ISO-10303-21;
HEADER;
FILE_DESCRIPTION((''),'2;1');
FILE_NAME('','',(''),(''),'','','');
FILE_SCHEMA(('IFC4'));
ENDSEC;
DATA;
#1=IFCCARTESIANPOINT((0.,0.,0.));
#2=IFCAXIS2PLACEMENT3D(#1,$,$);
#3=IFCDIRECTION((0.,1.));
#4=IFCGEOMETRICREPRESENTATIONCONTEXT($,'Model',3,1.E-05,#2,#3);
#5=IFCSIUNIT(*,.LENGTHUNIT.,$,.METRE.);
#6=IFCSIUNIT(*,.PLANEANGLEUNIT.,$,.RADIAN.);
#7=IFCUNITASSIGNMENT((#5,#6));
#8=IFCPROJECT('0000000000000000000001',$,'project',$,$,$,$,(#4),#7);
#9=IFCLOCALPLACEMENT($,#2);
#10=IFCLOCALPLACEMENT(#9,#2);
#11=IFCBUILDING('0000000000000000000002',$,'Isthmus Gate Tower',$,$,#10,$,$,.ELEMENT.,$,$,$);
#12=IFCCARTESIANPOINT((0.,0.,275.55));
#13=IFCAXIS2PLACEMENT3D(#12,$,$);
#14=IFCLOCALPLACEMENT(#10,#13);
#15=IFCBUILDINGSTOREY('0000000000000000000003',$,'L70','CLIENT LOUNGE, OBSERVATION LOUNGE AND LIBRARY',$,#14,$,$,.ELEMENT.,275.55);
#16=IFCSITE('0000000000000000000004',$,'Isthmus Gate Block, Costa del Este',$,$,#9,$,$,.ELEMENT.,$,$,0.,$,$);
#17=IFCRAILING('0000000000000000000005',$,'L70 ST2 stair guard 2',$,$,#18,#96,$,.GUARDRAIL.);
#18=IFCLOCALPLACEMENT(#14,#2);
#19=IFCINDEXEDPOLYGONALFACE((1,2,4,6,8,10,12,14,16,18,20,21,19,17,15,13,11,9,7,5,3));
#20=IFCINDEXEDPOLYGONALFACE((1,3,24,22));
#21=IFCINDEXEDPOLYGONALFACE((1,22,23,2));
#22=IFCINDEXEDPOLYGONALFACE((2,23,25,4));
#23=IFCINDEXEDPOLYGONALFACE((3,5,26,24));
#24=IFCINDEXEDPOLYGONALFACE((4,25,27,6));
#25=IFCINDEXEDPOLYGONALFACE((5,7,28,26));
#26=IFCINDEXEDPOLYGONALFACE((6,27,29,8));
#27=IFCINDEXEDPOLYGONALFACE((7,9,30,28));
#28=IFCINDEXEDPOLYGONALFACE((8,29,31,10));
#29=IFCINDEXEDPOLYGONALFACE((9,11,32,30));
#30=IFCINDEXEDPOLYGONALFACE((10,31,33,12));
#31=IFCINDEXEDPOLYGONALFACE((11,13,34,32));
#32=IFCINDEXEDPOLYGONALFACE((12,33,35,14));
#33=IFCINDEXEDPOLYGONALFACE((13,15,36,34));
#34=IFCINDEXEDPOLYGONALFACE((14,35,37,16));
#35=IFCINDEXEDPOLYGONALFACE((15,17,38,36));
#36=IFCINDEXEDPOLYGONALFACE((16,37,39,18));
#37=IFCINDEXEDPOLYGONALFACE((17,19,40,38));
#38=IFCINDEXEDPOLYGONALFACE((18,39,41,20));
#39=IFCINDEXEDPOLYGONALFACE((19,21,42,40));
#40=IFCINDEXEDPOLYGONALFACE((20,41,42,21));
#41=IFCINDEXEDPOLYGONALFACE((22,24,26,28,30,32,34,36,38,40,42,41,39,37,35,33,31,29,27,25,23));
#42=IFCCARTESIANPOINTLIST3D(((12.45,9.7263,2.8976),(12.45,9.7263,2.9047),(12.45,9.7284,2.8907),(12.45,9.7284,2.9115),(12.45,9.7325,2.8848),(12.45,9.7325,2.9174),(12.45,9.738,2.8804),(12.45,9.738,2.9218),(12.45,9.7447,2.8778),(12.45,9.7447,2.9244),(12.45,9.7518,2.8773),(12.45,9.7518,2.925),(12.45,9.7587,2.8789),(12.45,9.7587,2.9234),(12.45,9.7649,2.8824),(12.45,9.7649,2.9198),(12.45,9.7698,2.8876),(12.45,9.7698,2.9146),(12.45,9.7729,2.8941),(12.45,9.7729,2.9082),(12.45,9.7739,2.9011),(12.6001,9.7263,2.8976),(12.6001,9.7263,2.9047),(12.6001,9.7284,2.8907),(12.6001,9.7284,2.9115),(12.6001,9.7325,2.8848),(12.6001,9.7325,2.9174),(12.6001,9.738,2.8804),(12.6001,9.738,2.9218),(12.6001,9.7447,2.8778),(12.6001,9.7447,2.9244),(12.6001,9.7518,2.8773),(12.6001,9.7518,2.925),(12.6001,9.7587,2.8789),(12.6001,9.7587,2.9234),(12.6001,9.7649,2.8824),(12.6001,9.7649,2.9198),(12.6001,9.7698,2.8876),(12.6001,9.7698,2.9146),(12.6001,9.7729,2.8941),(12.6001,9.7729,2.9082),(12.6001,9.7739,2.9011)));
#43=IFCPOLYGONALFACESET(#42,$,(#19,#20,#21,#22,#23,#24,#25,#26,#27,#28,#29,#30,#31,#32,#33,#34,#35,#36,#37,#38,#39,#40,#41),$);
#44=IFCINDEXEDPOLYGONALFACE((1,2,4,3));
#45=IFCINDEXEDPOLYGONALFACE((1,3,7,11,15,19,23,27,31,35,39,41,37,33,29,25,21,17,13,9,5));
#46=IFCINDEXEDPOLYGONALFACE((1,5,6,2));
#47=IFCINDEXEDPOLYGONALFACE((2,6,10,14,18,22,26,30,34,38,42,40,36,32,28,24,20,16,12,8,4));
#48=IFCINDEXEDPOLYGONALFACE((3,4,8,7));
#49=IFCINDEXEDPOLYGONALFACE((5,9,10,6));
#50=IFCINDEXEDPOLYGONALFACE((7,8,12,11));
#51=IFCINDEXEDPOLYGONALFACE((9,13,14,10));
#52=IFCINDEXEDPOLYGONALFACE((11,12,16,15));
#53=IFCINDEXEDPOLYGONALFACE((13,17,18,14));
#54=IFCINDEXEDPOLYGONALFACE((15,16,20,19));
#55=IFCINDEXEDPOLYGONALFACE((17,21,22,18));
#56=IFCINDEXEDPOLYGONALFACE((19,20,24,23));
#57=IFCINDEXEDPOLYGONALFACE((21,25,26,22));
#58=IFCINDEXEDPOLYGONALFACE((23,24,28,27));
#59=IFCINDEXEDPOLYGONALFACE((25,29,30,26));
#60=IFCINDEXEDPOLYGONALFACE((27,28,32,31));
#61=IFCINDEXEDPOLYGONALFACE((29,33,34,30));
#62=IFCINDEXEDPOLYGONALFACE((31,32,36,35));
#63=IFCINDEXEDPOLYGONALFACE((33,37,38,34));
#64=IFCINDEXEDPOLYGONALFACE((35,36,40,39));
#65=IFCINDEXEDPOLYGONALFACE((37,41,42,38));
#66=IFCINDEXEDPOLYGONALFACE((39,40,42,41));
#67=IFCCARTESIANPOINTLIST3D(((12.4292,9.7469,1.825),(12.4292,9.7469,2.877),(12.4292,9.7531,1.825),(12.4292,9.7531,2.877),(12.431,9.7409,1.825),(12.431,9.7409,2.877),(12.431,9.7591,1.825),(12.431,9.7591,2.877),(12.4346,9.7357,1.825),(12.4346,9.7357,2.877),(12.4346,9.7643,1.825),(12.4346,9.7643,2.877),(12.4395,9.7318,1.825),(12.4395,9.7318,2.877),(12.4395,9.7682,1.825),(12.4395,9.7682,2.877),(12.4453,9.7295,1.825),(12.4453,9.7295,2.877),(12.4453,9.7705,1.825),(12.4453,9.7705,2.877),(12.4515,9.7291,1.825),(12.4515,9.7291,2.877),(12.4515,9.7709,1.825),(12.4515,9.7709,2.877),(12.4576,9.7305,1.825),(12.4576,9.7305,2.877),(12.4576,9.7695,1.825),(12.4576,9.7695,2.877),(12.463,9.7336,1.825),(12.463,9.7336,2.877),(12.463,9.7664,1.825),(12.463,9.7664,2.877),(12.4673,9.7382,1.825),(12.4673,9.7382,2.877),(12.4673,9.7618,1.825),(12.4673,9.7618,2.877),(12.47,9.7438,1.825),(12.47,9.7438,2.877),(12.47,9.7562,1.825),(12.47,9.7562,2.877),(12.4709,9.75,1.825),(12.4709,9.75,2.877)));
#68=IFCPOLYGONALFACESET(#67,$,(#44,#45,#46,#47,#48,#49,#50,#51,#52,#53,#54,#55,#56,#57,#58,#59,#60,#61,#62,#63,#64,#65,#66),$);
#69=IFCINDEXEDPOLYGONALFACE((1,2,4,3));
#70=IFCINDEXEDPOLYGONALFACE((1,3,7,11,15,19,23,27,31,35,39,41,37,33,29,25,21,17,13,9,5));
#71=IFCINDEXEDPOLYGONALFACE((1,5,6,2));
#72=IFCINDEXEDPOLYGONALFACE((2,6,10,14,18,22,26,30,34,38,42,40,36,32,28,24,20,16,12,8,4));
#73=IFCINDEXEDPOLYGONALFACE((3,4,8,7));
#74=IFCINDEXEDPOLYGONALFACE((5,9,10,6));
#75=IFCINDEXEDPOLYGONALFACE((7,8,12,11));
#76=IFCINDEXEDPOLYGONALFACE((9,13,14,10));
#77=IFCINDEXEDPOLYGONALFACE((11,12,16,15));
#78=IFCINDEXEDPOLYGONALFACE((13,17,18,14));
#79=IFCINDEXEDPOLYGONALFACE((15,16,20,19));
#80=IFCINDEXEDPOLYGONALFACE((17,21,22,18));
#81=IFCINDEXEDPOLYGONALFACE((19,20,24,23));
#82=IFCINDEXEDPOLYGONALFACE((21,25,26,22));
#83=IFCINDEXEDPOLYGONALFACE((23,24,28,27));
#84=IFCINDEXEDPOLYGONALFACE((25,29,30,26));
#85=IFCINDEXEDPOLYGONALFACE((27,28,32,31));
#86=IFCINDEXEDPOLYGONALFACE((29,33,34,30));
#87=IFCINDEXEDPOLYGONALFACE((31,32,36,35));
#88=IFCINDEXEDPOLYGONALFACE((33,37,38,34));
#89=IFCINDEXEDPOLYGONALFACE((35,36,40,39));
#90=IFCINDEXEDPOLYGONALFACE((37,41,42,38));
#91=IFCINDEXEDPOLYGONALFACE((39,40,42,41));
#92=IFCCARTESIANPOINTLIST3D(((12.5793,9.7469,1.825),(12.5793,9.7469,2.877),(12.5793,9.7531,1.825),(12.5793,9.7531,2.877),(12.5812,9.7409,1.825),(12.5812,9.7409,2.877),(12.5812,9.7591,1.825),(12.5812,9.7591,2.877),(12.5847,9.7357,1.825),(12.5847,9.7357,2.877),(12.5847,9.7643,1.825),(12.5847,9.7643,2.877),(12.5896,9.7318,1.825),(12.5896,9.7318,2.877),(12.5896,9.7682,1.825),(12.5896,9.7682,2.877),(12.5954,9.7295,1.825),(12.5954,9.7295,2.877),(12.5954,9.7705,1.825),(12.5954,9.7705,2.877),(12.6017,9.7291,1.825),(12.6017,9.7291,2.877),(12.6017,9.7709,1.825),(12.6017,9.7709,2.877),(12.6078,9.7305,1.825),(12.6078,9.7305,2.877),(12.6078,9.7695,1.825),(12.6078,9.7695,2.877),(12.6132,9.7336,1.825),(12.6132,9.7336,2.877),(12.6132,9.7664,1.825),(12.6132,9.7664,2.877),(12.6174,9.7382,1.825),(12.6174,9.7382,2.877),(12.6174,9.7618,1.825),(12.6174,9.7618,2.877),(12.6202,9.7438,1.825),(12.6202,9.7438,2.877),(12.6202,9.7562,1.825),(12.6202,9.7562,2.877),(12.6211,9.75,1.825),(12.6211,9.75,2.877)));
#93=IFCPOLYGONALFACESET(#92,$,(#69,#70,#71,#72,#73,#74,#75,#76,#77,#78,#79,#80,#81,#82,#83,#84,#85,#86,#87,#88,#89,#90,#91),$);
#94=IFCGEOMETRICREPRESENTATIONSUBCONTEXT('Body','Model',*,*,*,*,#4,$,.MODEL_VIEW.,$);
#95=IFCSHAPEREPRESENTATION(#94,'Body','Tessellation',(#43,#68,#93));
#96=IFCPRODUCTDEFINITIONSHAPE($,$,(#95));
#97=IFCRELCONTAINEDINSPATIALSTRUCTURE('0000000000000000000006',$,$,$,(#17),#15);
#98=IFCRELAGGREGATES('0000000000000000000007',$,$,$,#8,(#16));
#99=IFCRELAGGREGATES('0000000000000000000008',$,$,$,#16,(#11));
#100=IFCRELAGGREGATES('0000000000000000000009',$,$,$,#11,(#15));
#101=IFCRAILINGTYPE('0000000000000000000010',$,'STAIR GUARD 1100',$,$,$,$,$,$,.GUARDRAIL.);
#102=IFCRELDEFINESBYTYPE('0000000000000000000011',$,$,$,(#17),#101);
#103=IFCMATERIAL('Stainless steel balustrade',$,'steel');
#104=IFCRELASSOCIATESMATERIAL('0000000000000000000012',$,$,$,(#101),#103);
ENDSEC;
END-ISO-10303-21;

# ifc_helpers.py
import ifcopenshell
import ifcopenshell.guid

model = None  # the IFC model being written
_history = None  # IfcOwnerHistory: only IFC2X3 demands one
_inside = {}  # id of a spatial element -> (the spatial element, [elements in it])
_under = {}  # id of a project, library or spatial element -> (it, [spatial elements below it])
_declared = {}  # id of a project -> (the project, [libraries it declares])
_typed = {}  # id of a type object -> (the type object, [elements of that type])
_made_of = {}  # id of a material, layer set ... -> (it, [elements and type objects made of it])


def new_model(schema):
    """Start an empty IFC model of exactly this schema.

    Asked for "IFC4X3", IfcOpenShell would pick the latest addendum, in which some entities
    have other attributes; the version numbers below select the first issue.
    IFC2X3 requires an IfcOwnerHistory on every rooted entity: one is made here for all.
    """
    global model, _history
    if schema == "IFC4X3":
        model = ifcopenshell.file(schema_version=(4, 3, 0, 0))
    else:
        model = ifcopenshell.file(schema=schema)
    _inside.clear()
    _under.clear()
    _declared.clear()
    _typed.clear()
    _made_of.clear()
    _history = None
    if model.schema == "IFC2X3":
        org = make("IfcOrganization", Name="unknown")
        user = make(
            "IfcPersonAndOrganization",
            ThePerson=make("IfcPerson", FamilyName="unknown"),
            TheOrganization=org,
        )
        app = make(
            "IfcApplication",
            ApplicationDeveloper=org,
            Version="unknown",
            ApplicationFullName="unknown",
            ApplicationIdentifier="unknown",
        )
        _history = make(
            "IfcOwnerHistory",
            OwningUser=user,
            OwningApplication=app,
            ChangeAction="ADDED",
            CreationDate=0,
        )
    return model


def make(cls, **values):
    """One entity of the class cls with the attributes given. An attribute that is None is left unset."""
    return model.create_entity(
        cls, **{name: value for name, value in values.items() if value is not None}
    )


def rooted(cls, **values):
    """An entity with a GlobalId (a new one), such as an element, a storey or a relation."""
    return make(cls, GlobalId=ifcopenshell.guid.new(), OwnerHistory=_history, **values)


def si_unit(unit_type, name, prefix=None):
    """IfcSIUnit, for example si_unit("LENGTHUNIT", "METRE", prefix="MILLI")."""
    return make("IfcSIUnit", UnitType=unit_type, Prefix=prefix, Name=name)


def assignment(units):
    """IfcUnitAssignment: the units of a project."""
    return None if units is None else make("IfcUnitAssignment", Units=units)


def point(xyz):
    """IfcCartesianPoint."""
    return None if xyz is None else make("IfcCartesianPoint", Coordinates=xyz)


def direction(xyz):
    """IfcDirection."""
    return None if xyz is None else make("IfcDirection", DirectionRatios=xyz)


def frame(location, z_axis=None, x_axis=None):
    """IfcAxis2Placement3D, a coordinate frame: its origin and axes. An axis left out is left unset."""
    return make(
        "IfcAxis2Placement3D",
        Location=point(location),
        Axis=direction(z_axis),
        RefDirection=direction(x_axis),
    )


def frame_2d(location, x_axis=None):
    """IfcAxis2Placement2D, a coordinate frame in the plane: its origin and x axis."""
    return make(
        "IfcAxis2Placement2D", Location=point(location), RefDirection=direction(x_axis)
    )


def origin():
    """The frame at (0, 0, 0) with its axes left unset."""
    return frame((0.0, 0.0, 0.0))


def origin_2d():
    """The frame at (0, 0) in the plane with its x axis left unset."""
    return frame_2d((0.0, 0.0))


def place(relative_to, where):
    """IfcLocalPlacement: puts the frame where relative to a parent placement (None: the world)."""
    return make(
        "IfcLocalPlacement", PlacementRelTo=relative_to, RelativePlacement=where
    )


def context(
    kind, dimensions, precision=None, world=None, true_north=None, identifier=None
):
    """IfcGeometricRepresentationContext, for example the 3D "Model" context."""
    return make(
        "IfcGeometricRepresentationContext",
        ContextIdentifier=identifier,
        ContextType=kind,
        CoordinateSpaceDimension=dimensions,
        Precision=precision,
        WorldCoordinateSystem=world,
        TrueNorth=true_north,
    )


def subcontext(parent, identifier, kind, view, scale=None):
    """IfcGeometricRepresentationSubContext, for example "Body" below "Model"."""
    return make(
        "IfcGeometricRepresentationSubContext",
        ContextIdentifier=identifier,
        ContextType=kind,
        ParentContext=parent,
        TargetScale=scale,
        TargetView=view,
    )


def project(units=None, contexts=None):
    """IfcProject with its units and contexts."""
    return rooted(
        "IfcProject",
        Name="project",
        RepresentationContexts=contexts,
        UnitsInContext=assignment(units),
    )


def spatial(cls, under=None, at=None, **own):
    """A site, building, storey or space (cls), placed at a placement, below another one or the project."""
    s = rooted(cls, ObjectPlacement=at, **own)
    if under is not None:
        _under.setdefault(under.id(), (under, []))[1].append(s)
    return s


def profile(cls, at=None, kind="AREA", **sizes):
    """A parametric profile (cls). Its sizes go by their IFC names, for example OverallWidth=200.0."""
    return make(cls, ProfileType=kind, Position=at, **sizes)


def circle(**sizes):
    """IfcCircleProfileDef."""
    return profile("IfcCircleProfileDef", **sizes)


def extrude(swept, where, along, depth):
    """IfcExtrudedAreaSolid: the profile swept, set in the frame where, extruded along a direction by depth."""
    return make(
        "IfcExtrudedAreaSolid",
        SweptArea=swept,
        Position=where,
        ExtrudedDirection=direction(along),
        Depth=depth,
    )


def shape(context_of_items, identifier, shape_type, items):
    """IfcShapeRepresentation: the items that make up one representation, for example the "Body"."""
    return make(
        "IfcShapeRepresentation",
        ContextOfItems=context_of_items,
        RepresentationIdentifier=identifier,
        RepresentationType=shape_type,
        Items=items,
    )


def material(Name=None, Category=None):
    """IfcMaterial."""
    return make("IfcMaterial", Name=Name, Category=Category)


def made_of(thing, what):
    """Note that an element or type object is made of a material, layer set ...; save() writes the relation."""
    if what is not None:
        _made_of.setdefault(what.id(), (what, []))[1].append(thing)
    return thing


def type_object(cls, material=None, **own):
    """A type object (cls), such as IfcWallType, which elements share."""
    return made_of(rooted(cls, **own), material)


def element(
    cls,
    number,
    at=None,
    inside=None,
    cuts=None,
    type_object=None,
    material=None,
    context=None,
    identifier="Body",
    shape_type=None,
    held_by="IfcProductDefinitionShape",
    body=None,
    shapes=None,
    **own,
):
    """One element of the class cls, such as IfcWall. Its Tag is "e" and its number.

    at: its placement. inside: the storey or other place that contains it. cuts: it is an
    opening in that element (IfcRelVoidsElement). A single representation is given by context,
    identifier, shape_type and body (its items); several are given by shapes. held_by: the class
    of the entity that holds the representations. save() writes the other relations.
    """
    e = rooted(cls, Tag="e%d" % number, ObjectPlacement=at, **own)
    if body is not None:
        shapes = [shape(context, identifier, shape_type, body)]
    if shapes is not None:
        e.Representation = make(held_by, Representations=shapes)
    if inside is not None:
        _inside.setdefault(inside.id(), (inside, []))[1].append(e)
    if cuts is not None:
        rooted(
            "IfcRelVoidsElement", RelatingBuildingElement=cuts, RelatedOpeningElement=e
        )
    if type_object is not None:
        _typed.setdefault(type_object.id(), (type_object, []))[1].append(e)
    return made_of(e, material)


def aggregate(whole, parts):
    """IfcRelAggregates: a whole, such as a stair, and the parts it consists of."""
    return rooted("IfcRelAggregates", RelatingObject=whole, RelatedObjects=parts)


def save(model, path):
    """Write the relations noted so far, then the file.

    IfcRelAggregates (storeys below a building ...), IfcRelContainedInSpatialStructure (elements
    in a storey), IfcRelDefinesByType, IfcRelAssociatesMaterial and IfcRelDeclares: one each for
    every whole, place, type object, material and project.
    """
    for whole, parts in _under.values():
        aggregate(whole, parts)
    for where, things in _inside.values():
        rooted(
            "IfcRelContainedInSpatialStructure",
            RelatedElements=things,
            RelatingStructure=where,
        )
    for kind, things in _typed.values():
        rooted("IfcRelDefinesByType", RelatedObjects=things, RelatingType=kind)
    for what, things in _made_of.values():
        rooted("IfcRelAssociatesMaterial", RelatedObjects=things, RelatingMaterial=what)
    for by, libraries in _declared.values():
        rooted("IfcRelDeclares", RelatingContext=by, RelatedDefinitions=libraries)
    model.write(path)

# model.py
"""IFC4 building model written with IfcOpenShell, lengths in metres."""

from ifc_helpers import new_model, si_unit, direction, frame, origin, origin_2d, place, context, subcontext, project, spatial, circle, extrude, material, type_object, element, save


model = new_model("IFC4")

# Units and contexts
model_context = context("Model", 3, precision=1e-05, world=origin(), true_north=direction((0.0, 1.0)))
body_context = subcontext(model_context, "Body", "Model", "MODEL_VIEW")
ifc_project = project(units=[si_unit("LENGTHUNIT", "METRE"), si_unit("PLANEANGLEUNIT", "RADIAN")], contexts=[model_context])

# Site, building, storey
site_placement = place(None, origin())
site = spatial("IfcSite", under=ifc_project, at=site_placement, Name="Isthmus Gate Block, Costa del Este", CompositionType="ELEMENT", RefElevation=0.0)
building_placement = place(site_placement, origin())
building = spatial("IfcBuilding", under=site, at=building_placement, Name="Isthmus Gate Tower", CompositionType="ELEMENT")
storey_placement = place(building_placement, frame((0.0, 0.0, 275.55)))
storey = spatial("IfcBuildingStorey", under=building, at=storey_placement, Name="L70", Description="CLIENT LOUNGE, OBSERVATION LOUNGE AND LIBRARY", CompositionType="ELEMENT", Elevation=275.55)

# Railing
ifc_material_1 = material(Name="Stainless steel balustrade", Category="steel")
railing_type_1 = type_object("IfcRailingType", Name="STAIR GUARD 1100", PredefinedType="GUARDRAIL", material=ifc_material_1)
railing_1_placement = place(storey_placement, frame((12.45, 9.75, 1.825)))
element("IfcRailing", 1, at=railing_1_placement, inside=storey, type_object=railing_type_1, Name="L70 ST2 stair guard 2", PredefinedType="GUARDRAIL", context=body_context, shape_type="SweptSolid", body=[
    extrude(circle(Radius=0.0239, at=origin_2d()), frame((0.0, 0.0, 1.0762), z_axis=(1.0, 0.0, 0.0), x_axis=(0.0, 1.0, 0.0)), (0.0, 0.0, 1.0), 0.1501),
    extrude(circle(Radius=0.021, at=origin_2d()), origin(), (0.0, 0.0, 1.0), 1.052),
    extrude(circle(Radius=0.021, at=origin_2d()), frame((0.1501, 0.0, 0.0)), (0.0, 0.0, 1.0), 1.052),
])

save(model, "model.ifc")
